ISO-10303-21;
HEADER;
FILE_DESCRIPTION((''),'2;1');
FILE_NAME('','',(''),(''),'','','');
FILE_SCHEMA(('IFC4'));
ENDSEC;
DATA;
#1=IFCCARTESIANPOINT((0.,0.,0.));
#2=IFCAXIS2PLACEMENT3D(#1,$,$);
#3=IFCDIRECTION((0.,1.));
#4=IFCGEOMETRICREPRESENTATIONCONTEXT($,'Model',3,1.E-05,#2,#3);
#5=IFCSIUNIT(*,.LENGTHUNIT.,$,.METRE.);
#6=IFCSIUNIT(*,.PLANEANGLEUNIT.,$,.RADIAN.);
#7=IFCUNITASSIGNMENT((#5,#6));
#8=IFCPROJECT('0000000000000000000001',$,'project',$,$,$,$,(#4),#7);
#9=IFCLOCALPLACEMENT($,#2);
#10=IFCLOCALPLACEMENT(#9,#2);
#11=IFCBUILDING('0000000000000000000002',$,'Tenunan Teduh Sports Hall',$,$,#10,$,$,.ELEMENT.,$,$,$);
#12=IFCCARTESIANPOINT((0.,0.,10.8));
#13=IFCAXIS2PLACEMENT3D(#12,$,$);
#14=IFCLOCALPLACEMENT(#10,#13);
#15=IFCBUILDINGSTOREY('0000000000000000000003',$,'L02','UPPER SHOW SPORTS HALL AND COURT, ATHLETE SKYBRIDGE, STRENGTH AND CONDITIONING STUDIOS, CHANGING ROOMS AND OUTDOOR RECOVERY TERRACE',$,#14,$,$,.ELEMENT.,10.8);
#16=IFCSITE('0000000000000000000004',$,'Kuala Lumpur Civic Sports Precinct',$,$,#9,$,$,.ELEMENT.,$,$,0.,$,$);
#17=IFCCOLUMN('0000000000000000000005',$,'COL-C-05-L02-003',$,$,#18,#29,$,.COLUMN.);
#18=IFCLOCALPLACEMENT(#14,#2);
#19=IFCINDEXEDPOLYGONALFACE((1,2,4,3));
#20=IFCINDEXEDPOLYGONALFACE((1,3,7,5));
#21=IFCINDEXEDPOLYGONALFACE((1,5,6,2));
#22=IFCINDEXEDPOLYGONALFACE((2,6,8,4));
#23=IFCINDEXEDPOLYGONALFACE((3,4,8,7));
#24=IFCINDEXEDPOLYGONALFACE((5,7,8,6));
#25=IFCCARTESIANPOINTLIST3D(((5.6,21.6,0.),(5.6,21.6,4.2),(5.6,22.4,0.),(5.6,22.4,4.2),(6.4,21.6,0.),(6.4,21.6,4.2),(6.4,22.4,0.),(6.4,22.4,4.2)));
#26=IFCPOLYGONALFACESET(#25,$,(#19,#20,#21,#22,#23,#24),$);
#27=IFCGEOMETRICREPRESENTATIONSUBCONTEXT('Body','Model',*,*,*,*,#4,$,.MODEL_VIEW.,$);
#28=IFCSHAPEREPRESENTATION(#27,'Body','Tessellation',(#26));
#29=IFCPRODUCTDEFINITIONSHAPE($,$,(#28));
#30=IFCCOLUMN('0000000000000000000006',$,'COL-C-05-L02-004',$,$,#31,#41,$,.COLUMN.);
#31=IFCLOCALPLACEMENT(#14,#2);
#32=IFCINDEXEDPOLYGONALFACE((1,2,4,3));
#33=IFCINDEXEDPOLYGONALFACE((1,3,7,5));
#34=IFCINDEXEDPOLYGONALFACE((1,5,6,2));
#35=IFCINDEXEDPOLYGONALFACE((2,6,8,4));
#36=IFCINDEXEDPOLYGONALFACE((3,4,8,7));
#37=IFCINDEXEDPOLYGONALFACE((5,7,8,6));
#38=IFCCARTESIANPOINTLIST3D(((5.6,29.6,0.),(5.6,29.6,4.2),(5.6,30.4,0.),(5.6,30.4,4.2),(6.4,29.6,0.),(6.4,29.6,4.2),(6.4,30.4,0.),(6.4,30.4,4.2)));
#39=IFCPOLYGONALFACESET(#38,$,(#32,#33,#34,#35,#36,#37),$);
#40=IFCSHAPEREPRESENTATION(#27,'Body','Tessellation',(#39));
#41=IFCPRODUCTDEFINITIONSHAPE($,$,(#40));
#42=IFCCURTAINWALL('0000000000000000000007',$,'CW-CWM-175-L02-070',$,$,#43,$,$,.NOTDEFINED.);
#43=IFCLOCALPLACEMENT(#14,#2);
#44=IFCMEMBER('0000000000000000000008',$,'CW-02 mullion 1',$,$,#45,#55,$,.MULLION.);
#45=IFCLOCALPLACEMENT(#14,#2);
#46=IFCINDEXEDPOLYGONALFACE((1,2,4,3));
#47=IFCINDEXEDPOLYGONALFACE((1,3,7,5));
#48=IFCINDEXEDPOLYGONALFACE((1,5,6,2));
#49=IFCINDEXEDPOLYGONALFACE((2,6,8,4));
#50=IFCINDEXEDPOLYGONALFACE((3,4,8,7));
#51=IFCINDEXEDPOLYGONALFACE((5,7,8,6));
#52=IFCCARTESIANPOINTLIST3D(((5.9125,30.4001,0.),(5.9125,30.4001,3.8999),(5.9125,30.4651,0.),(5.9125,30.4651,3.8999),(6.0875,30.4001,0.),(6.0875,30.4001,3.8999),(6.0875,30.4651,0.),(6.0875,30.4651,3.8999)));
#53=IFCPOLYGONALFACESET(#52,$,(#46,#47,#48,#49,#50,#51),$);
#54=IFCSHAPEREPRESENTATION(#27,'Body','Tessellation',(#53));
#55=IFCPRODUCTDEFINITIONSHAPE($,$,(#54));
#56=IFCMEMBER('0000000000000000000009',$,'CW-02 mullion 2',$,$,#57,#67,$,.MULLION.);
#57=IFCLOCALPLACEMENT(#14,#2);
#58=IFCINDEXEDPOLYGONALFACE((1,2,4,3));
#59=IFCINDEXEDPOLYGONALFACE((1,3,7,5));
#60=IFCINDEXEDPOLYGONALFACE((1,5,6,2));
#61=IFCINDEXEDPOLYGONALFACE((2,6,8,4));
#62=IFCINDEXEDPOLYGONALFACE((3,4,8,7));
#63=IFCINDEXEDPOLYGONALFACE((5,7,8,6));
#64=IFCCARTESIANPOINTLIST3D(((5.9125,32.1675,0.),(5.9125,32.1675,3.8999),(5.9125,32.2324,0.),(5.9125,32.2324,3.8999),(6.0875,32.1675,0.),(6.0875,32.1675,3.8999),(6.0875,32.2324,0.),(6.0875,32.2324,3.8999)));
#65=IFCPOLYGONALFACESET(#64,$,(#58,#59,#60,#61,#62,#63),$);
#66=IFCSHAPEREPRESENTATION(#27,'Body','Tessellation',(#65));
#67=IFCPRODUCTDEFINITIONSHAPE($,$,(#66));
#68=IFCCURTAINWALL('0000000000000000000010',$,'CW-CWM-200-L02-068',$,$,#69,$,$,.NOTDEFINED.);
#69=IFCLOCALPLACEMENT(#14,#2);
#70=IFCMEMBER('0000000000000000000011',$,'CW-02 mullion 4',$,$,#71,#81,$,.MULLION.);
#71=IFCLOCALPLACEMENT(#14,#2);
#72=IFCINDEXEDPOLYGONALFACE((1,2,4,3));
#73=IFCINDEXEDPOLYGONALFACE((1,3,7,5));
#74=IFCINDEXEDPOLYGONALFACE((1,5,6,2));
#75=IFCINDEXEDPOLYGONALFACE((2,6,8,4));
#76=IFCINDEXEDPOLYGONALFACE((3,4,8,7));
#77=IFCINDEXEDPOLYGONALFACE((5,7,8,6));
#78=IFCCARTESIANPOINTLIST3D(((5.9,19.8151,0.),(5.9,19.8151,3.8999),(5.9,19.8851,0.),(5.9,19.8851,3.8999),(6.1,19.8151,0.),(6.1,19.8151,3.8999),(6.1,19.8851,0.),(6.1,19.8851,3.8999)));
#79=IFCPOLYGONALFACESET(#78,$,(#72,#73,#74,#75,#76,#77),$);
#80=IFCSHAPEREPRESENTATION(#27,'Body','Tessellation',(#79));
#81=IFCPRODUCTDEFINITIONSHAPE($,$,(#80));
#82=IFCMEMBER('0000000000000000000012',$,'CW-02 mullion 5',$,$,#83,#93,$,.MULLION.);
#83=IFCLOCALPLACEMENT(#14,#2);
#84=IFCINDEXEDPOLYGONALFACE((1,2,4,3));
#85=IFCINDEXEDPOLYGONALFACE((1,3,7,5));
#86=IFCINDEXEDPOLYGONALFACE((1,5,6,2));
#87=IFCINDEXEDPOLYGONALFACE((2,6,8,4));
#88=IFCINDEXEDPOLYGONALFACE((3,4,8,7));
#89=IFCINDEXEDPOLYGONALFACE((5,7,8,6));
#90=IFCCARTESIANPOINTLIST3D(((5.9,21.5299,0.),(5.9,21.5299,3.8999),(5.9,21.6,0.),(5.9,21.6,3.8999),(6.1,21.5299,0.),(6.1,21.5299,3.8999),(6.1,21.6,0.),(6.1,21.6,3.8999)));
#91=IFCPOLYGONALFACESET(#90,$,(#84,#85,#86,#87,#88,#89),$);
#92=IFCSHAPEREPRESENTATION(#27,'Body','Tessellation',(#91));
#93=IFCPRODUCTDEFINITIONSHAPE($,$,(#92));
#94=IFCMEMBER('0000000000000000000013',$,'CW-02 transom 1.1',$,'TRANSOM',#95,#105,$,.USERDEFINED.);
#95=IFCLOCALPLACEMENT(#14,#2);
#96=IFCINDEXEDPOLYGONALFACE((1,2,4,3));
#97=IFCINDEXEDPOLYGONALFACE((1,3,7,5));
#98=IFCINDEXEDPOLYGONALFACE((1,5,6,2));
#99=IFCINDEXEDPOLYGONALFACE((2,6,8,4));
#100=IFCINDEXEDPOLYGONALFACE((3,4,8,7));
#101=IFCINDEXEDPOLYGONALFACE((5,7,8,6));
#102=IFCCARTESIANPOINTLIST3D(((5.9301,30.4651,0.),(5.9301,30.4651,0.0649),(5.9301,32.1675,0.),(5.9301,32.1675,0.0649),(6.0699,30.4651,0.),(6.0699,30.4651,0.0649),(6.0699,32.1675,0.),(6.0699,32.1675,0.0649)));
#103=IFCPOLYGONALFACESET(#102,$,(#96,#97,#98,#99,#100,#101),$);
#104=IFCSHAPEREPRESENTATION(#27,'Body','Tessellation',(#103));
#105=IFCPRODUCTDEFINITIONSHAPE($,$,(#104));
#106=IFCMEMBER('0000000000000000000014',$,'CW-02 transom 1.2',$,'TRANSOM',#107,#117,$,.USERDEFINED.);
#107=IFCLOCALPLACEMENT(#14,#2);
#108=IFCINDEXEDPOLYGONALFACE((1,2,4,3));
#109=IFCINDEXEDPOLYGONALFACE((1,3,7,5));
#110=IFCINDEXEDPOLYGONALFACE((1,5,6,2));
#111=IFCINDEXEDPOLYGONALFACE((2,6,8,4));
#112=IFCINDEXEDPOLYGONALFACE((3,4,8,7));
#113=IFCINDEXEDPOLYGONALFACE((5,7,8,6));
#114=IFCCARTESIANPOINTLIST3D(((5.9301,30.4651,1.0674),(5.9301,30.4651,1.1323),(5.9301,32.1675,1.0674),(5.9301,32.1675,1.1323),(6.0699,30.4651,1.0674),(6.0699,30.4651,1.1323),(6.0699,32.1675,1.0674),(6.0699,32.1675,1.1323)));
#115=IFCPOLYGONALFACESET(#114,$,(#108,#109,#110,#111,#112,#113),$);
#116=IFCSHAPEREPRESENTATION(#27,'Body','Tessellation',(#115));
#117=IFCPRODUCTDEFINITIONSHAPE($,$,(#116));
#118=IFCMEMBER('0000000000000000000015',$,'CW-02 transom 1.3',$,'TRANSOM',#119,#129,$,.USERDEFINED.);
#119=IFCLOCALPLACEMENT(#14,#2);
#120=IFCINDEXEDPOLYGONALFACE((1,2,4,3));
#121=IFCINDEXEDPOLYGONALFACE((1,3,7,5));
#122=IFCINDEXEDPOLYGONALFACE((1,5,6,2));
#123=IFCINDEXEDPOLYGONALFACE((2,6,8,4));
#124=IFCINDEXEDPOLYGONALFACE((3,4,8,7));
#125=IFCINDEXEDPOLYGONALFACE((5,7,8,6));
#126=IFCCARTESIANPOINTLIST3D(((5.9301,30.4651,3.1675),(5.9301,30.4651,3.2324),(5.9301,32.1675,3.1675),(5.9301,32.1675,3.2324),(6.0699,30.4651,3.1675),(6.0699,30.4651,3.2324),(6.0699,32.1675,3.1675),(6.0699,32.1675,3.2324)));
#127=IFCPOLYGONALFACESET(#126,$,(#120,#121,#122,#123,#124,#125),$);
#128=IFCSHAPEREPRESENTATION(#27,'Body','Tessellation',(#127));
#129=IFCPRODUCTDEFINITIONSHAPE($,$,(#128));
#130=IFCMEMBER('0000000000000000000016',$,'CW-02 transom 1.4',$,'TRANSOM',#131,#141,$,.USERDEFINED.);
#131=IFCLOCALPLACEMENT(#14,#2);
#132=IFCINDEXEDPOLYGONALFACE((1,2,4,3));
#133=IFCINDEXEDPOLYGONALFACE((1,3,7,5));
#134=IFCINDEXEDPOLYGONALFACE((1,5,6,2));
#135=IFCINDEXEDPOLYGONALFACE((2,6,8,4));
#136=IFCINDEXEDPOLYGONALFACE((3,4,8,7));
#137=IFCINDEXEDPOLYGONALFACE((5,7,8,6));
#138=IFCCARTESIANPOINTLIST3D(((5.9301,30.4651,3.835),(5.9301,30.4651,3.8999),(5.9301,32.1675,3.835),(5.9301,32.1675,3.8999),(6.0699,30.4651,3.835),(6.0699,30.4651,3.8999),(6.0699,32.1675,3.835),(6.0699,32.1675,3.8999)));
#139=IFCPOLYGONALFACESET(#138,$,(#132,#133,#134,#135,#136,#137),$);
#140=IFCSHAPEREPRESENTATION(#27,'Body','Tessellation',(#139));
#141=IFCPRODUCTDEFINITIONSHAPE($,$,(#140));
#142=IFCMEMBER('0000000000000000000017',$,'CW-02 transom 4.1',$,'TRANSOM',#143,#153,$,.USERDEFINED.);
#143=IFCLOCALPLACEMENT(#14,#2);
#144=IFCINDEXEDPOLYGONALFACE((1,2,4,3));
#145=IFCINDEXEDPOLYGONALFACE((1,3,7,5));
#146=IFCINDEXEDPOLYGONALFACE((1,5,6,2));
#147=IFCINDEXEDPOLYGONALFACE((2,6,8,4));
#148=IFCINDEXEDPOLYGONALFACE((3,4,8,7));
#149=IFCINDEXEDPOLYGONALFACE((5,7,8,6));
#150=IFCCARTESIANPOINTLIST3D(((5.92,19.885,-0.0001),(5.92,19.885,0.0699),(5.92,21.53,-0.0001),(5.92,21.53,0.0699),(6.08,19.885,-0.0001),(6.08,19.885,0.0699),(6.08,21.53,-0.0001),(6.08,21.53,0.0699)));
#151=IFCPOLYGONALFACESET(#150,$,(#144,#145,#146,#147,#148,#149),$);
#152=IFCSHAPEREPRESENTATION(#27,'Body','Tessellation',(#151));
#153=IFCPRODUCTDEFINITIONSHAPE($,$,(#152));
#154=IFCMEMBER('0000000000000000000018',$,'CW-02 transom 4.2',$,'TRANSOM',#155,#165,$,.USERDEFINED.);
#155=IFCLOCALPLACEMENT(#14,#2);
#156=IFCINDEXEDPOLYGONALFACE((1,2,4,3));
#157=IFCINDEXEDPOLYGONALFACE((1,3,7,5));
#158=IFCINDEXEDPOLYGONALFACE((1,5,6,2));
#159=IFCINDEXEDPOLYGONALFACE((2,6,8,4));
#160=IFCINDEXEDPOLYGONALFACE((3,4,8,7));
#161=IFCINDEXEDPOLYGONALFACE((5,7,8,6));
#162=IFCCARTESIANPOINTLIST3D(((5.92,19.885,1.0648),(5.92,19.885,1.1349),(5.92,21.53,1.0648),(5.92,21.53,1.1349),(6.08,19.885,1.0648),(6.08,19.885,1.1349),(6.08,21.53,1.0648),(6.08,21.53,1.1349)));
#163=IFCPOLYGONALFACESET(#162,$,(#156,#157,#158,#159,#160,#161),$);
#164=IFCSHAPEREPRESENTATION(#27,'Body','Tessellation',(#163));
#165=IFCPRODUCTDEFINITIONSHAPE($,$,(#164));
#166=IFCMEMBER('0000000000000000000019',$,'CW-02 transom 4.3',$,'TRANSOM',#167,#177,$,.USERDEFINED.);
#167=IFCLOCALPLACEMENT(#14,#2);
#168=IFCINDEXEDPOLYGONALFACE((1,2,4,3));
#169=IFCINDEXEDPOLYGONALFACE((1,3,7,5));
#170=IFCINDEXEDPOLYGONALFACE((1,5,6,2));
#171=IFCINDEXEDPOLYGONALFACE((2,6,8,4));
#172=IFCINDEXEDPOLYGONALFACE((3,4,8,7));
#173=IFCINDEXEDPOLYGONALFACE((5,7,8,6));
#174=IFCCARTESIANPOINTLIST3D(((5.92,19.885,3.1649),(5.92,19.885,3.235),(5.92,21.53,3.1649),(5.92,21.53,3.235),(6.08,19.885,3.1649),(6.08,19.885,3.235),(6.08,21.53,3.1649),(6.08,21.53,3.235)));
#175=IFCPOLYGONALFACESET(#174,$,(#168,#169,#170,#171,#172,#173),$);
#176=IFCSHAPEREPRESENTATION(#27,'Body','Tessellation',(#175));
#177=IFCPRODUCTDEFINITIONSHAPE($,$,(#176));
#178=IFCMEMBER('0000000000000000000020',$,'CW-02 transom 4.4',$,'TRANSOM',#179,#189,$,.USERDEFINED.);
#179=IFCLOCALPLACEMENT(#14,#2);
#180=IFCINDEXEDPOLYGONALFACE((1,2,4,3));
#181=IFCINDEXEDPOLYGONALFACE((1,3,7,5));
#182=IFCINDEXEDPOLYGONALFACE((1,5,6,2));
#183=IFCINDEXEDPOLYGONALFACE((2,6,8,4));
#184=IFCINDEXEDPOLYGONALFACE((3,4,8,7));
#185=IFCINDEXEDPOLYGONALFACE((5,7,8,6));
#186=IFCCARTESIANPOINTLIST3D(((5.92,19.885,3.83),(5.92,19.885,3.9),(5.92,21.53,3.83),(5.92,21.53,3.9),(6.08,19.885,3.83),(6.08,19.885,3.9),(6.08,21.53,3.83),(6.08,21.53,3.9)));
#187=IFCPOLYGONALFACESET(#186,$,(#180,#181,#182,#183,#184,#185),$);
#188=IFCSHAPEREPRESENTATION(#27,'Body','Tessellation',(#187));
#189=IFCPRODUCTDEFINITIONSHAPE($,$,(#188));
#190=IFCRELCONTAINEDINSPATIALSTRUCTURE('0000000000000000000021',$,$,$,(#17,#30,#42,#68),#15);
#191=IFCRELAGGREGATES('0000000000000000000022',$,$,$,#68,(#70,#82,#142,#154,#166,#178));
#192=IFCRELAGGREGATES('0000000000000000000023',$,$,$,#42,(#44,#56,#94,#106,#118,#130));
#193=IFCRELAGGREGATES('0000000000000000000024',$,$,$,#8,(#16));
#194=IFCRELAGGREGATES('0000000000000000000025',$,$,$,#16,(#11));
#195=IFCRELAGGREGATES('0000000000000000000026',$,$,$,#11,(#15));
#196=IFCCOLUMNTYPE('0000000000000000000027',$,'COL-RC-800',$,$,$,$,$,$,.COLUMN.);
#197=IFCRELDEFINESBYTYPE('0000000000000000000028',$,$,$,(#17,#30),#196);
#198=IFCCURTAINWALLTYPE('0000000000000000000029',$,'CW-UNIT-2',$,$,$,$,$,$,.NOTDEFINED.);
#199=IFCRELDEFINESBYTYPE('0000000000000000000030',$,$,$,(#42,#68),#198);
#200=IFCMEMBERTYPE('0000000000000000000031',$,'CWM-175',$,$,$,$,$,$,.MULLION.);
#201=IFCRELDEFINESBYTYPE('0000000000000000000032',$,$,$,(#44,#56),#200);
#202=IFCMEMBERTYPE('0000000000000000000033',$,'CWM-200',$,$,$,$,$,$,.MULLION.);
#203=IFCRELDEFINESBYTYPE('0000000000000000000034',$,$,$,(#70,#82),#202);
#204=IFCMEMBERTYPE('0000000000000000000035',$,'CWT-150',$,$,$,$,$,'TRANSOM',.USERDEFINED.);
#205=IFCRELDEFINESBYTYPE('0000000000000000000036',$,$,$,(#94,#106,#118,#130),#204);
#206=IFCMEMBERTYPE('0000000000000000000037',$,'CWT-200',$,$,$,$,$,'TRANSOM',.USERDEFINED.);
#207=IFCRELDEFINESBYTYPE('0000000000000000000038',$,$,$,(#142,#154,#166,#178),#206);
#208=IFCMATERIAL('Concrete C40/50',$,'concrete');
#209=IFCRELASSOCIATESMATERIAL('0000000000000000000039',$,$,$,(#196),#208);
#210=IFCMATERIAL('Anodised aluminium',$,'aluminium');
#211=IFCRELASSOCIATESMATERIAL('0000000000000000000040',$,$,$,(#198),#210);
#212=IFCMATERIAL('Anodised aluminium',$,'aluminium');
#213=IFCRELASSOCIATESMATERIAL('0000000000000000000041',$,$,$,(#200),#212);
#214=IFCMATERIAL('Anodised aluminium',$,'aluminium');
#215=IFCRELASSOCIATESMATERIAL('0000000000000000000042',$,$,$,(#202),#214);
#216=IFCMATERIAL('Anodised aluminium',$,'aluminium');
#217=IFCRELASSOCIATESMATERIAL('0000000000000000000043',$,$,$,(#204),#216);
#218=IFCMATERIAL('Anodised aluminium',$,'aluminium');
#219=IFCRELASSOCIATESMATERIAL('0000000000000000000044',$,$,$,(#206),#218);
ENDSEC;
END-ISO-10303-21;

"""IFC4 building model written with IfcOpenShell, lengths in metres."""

from ifc_helpers import new_model, si_unit, direction, frame, origin, origin_2d, place, context, subcontext, project, spatial, rectangle, extrude, material, material_profile, profile_set, type_object, element, aggregate, save


model = new_model("IFC4")

# Units and contexts
model_context = context("Model", 3, precision=1e-05, world=origin(), true_north=direction((0.0, 1.0)))
body_context = subcontext(model_context, "Body", "Model", "MODEL_VIEW")
ifc_project = project(units=[si_unit("LENGTHUNIT", "METRE"), si_unit("PLANEANGLEUNIT", "RADIAN")], contexts=[model_context])

# Site, building, storey
site_placement = place(None, origin())
site = spatial("IfcSite", under=ifc_project, at=site_placement, Name="Kuala Lumpur Civic Sports Precinct", CompositionType="ELEMENT", RefElevation=0.0)
building_placement = place(site_placement, origin())
building = spatial("IfcBuilding", under=site, at=building_placement, Name="Tenunan Teduh Sports Hall", CompositionType="ELEMENT")
storey_placement = place(building_placement, frame((0.0, 0.0, 10.8)))
storey = spatial("IfcBuildingStorey", under=building, at=storey_placement, Name="L02", Description="UPPER SHOW SPORTS HALL AND COURT, ATHLETE SKYBRIDGE, STRENGTH AND CONDITIONING STUDIOS, CHANGING ROOMS AND OUTDOOR RECOVERY TERRACE", CompositionType="ELEMENT", Elevation=10.8)

# Columns
ifc_material_1 = material(Name="Concrete C40/50", Category="concrete")
ifc_material_profile_1 = material_profile(ifc_material_1, rectangle(XDim=0.8, YDim=0.8, at=origin_2d()), Name="RC 800x800")
ifc_profile_set_1 = profile_set([ifc_material_profile_1], Name="Concrete C40/50")
column_type = type_object("IfcColumnType", Name="COL-RC-800", PredefinedType="COLUMN", material=ifc_profile_set_1)
for number, where, z_axis, x_axis, name in (
    (1, (6.0, 22.0, 0.0), (0.0, 0.0, 1.0), (1.0, 0.0, 0.0), "COL-C-05-L02-003"),
    (2, (6.0, 30.0, 0.0), (0.0, 0.0, 1.0), (1.0, 0.0, 0.0), "COL-C-05-L02-004"),
):
    element("IfcColumn", number, at=place(storey_placement, frame(where, z_axis=z_axis, x_axis=x_axis)), inside=storey, type_object=column_type, Name=name, PredefinedType="COLUMN", context=body_context, shape_type="SweptSolid", body=[
        extrude(rectangle(XDim=0.8, YDim=0.8, at=origin_2d()), origin(), (0.0, 0.0, 1.0), 4.2),
    ])

# Curtain walls, members
ifc_material_2 = material(Name="Anodised aluminium", Category="aluminium")
curtain_wall_type = type_object("IfcCurtainWallType", Name="CW-UNIT-2", PredefinedType="NOTDEFINED", material=ifc_material_2)
curtain_wall_1_placement = place(storey_placement, origin())
curtain_wall_1 = element("IfcCurtainWall", 3, at=curtain_wall_1_placement, inside=storey, type_object=curtain_wall_type, Name="CW-CWM-175-L02-070", PredefinedType="NOTDEFINED")
ifc_material_3 = material(Name="Anodised aluminium", Category="aluminium")
ifc_material_profile_2 = material_profile(ifc_material_3, rectangle(XDim=0.0649, YDim=0.175, at=origin_2d()), Name="CWM 65x175")
ifc_profile_set_2 = profile_set([ifc_material_profile_2], Name="Anodised aluminium")
member_type_1 = type_object("IfcMemberType", Name="CWM-175", PredefinedType="MULLION", material=ifc_profile_set_2)
member_1_placement = place(storey_placement, frame((6.0, 30.4326, 0.0), z_axis=(0.0, 0.0, 1.0), x_axis=(0.0, 1.0, 0.0)))
member_1 = element("IfcMember", 4, at=member_1_placement, type_object=member_type_1, Name="CW-02 mullion 1", PredefinedType="MULLION", context=body_context, shape_type="SweptSolid", body=[
    extrude(rectangle(XDim=0.0649, YDim=0.175, at=origin_2d()), origin(), (0.0, 0.0, 1.0), 3.8999),
])
member_2_placement = place(storey_placement, frame((6.0, 32.2, 0.0), z_axis=(0.0, 0.0, 1.0), x_axis=(0.0, 1.0, 0.0)))
member_2 = element("IfcMember", 5, at=member_2_placement, type_object=member_type_1, Name="CW-02 mullion 2", PredefinedType="MULLION", context=body_context, shape_type="SweptSolid", body=[
    extrude(rectangle(XDim=0.0649, YDim=0.175, at=origin_2d()), origin(), (0.0, 0.0, 1.0), 3.8999),
])
curtain_wall_2_placement = place(storey_placement, origin())
curtain_wall_2 = element("IfcCurtainWall", 6, at=curtain_wall_2_placement, inside=storey, type_object=curtain_wall_type, Name="CW-CWM-200-L02-068", PredefinedType="NOTDEFINED")
ifc_material_4 = material(Name="Anodised aluminium", Category="aluminium")
ifc_material_profile_3 = material_profile(ifc_material_4, rectangle(XDim=0.0701, YDim=0.2, at=origin_2d()), Name="CWM 70x200")
ifc_profile_set_3 = profile_set([ifc_material_profile_3], Name="Anodised aluminium")
member_type_2 = type_object("IfcMemberType", Name="CWM-200", PredefinedType="MULLION", material=ifc_profile_set_3)
member_3_placement = place(storey_placement, frame((6.0, 19.8501, 0.0), z_axis=(0.0, 0.0, 1.0), x_axis=(0.0, 1.0, 0.0)))
member_3 = element("IfcMember", 7, at=member_3_placement, type_object=member_type_2, Name="CW-02 mullion 4", PredefinedType="MULLION", context=body_context, shape_type="SweptSolid", body=[
    extrude(rectangle(XDim=0.0701, YDim=0.2, at=origin_2d()), origin(), (0.0, 0.0, 1.0), 3.8999),
])
member_4_placement = place(storey_placement, frame((6.0, 21.5649, 0.0), z_axis=(0.0, 0.0, 1.0), x_axis=(0.0, 1.0, 0.0)))
member_4 = element("IfcMember", 8, at=member_4_placement, type_object=member_type_2, Name="CW-02 mullion 5", PredefinedType="MULLION", context=body_context, shape_type="SweptSolid", body=[
    extrude(rectangle(XDim=0.0701, YDim=0.2, at=origin_2d()), origin(), (0.0, 0.0, 1.0), 3.8999),
])

# Members
ifc_material_5 = material(Name="Anodised aluminium", Category="aluminium")
ifc_material_profile_4 = material_profile(ifc_material_5, rectangle(XDim=0.0649, YDim=0.1399, at=origin_2d()), Name="CWT 65x140")
ifc_profile_set_4 = profile_set([ifc_material_profile_4], Name="Anodised aluminium")
member_type_3 = type_object("IfcMemberType", Name="CWT-150", ElementType="TRANSOM", PredefinedType="USERDEFINED", material=ifc_profile_set_4)
member_5_placement = place(storey_placement, frame((6.0, 30.4651, 0.0325), z_axis=(0.0, 1.0, 0.0), x_axis=(0.0, 0.0, 1.0)))
member_5 = element("IfcMember", 9, at=member_5_placement, type_object=member_type_3, Name="CW-02 transom 1.1", ObjectType="TRANSOM", PredefinedType="USERDEFINED", context=body_context, shape_type="SweptSolid", body=[
    extrude(rectangle(XDim=0.0649, YDim=0.1399, at=origin_2d()), origin(), (0.0, 0.0, 1.0), 1.7024),
])
member_6_placement = place(storey_placement, frame((6.0, 30.4651, 1.0999), z_axis=(0.0, 1.0, 0.0), x_axis=(0.0, 0.0, 1.0)))
member_6 = element("IfcMember", 10, at=member_6_placement, type_object=member_type_3, Name="CW-02 transom 1.2", ObjectType="TRANSOM", PredefinedType="USERDEFINED", context=body_context, shape_type="SweptSolid", body=[
    extrude(rectangle(XDim=0.0649, YDim=0.1399, at=origin_2d()), origin(), (0.0, 0.0, 1.0), 1.7024),
])
member_7_placement = place(storey_placement, frame((6.0, 30.4651, 3.2), z_axis=(0.0, 1.0, 0.0), x_axis=(0.0, 0.0, 1.0)))
member_7 = element("IfcMember", 11, at=member_7_placement, type_object=member_type_3, Name="CW-02 transom 1.3", ObjectType="TRANSOM", PredefinedType="USERDEFINED", context=body_context, shape_type="SweptSolid", body=[
    extrude(rectangle(XDim=0.0649, YDim=0.1399, at=origin_2d()), origin(), (0.0, 0.0, 1.0), 1.7024),
])
member_8_placement = place(storey_placement, frame((6.0, 30.4651, 3.8674), z_axis=(0.0, 1.0, 0.0), x_axis=(0.0, 0.0, 1.0)))
member_8 = element("IfcMember", 12, at=member_8_placement, type_object=member_type_3, Name="CW-02 transom 1.4", ObjectType="TRANSOM", PredefinedType="USERDEFINED", context=body_context, shape_type="SweptSolid", body=[
    extrude(rectangle(XDim=0.0649, YDim=0.1399, at=origin_2d()), origin(), (0.0, 0.0, 1.0), 1.7024),
])
ifc_material_6 = material(Name="Anodised aluminium", Category="aluminium")
ifc_material_profile_5 = material_profile(ifc_material_6, rectangle(XDim=0.0701, YDim=0.1599, at=origin_2d()), Name="CWT 70x160")
ifc_profile_set_5 = profile_set([ifc_material_profile_5], Name="Anodised aluminium")
member_type_4 = type_object("IfcMemberType", Name="CWT-200", ElementType="TRANSOM", PredefinedType="USERDEFINED", material=ifc_profile_set_5)
member_9_placement = place(storey_placement, frame((6.0, 19.885, 0.0349), z_axis=(0.0, 1.0, 0.0), x_axis=(0.0, 0.0, 1.0)))
member_9 = element("IfcMember", 13, at=member_9_placement, type_object=member_type_4, Name="CW-02 transom 4.1", ObjectType="TRANSOM", PredefinedType="USERDEFINED", context=body_context, shape_type="SweptSolid", body=[
    extrude(rectangle(XDim=0.0701, YDim=0.1599, at=origin_2d()), origin(), (0.0, 0.0, 1.0), 1.645),
])
member_10_placement = place(storey_placement, frame((6.0, 19.885, 1.0999), z_axis=(0.0, 1.0, 0.0), x_axis=(0.0, 0.0, 1.0)))
member_10 = element("IfcMember", 14, at=member_10_placement, type_object=member_type_4, Name="CW-02 transom 4.2", ObjectType="TRANSOM", PredefinedType="USERDEFINED", context=body_context, shape_type="SweptSolid", body=[
    extrude(rectangle(XDim=0.0701, YDim=0.1599, at=origin_2d()), origin(), (0.0, 0.0, 1.0), 1.645),
])
member_11_placement = place(storey_placement, frame((6.0, 19.885, 3.2), z_axis=(0.0, 1.0, 0.0), x_axis=(0.0, 0.0, 1.0)))
member_11 = element("IfcMember", 15, at=member_11_placement, type_object=member_type_4, Name="CW-02 transom 4.3", ObjectType="TRANSOM", PredefinedType="USERDEFINED", context=body_context, shape_type="SweptSolid", body=[
    extrude(rectangle(XDim=0.0701, YDim=0.1599, at=origin_2d()), origin(), (0.0, 0.0, 1.0), 1.645),
])
member_12_placement = place(storey_placement, frame((6.0, 19.885, 3.865), z_axis=(0.0, 1.0, 0.0), x_axis=(0.0, 0.0, 1.0)))
member_12 = element("IfcMember", 16, at=member_12_placement, type_object=member_type_4, Name="CW-02 transom 4.4", ObjectType="TRANSOM", PredefinedType="USERDEFINED", context=body_context, shape_type="SweptSolid", body=[
    extrude(rectangle(XDim=0.0701, YDim=0.1599, at=origin_2d()), origin(), (0.0, 0.0, 1.0), 1.645),
])

aggregate(curtain_wall_2, [member_3, member_4, member_9, member_10, member_11, member_12])
aggregate(curtain_wall_1, [member_1, member_2, member_5, member_6, member_7, member_8])

save(model, "model.ifc")
